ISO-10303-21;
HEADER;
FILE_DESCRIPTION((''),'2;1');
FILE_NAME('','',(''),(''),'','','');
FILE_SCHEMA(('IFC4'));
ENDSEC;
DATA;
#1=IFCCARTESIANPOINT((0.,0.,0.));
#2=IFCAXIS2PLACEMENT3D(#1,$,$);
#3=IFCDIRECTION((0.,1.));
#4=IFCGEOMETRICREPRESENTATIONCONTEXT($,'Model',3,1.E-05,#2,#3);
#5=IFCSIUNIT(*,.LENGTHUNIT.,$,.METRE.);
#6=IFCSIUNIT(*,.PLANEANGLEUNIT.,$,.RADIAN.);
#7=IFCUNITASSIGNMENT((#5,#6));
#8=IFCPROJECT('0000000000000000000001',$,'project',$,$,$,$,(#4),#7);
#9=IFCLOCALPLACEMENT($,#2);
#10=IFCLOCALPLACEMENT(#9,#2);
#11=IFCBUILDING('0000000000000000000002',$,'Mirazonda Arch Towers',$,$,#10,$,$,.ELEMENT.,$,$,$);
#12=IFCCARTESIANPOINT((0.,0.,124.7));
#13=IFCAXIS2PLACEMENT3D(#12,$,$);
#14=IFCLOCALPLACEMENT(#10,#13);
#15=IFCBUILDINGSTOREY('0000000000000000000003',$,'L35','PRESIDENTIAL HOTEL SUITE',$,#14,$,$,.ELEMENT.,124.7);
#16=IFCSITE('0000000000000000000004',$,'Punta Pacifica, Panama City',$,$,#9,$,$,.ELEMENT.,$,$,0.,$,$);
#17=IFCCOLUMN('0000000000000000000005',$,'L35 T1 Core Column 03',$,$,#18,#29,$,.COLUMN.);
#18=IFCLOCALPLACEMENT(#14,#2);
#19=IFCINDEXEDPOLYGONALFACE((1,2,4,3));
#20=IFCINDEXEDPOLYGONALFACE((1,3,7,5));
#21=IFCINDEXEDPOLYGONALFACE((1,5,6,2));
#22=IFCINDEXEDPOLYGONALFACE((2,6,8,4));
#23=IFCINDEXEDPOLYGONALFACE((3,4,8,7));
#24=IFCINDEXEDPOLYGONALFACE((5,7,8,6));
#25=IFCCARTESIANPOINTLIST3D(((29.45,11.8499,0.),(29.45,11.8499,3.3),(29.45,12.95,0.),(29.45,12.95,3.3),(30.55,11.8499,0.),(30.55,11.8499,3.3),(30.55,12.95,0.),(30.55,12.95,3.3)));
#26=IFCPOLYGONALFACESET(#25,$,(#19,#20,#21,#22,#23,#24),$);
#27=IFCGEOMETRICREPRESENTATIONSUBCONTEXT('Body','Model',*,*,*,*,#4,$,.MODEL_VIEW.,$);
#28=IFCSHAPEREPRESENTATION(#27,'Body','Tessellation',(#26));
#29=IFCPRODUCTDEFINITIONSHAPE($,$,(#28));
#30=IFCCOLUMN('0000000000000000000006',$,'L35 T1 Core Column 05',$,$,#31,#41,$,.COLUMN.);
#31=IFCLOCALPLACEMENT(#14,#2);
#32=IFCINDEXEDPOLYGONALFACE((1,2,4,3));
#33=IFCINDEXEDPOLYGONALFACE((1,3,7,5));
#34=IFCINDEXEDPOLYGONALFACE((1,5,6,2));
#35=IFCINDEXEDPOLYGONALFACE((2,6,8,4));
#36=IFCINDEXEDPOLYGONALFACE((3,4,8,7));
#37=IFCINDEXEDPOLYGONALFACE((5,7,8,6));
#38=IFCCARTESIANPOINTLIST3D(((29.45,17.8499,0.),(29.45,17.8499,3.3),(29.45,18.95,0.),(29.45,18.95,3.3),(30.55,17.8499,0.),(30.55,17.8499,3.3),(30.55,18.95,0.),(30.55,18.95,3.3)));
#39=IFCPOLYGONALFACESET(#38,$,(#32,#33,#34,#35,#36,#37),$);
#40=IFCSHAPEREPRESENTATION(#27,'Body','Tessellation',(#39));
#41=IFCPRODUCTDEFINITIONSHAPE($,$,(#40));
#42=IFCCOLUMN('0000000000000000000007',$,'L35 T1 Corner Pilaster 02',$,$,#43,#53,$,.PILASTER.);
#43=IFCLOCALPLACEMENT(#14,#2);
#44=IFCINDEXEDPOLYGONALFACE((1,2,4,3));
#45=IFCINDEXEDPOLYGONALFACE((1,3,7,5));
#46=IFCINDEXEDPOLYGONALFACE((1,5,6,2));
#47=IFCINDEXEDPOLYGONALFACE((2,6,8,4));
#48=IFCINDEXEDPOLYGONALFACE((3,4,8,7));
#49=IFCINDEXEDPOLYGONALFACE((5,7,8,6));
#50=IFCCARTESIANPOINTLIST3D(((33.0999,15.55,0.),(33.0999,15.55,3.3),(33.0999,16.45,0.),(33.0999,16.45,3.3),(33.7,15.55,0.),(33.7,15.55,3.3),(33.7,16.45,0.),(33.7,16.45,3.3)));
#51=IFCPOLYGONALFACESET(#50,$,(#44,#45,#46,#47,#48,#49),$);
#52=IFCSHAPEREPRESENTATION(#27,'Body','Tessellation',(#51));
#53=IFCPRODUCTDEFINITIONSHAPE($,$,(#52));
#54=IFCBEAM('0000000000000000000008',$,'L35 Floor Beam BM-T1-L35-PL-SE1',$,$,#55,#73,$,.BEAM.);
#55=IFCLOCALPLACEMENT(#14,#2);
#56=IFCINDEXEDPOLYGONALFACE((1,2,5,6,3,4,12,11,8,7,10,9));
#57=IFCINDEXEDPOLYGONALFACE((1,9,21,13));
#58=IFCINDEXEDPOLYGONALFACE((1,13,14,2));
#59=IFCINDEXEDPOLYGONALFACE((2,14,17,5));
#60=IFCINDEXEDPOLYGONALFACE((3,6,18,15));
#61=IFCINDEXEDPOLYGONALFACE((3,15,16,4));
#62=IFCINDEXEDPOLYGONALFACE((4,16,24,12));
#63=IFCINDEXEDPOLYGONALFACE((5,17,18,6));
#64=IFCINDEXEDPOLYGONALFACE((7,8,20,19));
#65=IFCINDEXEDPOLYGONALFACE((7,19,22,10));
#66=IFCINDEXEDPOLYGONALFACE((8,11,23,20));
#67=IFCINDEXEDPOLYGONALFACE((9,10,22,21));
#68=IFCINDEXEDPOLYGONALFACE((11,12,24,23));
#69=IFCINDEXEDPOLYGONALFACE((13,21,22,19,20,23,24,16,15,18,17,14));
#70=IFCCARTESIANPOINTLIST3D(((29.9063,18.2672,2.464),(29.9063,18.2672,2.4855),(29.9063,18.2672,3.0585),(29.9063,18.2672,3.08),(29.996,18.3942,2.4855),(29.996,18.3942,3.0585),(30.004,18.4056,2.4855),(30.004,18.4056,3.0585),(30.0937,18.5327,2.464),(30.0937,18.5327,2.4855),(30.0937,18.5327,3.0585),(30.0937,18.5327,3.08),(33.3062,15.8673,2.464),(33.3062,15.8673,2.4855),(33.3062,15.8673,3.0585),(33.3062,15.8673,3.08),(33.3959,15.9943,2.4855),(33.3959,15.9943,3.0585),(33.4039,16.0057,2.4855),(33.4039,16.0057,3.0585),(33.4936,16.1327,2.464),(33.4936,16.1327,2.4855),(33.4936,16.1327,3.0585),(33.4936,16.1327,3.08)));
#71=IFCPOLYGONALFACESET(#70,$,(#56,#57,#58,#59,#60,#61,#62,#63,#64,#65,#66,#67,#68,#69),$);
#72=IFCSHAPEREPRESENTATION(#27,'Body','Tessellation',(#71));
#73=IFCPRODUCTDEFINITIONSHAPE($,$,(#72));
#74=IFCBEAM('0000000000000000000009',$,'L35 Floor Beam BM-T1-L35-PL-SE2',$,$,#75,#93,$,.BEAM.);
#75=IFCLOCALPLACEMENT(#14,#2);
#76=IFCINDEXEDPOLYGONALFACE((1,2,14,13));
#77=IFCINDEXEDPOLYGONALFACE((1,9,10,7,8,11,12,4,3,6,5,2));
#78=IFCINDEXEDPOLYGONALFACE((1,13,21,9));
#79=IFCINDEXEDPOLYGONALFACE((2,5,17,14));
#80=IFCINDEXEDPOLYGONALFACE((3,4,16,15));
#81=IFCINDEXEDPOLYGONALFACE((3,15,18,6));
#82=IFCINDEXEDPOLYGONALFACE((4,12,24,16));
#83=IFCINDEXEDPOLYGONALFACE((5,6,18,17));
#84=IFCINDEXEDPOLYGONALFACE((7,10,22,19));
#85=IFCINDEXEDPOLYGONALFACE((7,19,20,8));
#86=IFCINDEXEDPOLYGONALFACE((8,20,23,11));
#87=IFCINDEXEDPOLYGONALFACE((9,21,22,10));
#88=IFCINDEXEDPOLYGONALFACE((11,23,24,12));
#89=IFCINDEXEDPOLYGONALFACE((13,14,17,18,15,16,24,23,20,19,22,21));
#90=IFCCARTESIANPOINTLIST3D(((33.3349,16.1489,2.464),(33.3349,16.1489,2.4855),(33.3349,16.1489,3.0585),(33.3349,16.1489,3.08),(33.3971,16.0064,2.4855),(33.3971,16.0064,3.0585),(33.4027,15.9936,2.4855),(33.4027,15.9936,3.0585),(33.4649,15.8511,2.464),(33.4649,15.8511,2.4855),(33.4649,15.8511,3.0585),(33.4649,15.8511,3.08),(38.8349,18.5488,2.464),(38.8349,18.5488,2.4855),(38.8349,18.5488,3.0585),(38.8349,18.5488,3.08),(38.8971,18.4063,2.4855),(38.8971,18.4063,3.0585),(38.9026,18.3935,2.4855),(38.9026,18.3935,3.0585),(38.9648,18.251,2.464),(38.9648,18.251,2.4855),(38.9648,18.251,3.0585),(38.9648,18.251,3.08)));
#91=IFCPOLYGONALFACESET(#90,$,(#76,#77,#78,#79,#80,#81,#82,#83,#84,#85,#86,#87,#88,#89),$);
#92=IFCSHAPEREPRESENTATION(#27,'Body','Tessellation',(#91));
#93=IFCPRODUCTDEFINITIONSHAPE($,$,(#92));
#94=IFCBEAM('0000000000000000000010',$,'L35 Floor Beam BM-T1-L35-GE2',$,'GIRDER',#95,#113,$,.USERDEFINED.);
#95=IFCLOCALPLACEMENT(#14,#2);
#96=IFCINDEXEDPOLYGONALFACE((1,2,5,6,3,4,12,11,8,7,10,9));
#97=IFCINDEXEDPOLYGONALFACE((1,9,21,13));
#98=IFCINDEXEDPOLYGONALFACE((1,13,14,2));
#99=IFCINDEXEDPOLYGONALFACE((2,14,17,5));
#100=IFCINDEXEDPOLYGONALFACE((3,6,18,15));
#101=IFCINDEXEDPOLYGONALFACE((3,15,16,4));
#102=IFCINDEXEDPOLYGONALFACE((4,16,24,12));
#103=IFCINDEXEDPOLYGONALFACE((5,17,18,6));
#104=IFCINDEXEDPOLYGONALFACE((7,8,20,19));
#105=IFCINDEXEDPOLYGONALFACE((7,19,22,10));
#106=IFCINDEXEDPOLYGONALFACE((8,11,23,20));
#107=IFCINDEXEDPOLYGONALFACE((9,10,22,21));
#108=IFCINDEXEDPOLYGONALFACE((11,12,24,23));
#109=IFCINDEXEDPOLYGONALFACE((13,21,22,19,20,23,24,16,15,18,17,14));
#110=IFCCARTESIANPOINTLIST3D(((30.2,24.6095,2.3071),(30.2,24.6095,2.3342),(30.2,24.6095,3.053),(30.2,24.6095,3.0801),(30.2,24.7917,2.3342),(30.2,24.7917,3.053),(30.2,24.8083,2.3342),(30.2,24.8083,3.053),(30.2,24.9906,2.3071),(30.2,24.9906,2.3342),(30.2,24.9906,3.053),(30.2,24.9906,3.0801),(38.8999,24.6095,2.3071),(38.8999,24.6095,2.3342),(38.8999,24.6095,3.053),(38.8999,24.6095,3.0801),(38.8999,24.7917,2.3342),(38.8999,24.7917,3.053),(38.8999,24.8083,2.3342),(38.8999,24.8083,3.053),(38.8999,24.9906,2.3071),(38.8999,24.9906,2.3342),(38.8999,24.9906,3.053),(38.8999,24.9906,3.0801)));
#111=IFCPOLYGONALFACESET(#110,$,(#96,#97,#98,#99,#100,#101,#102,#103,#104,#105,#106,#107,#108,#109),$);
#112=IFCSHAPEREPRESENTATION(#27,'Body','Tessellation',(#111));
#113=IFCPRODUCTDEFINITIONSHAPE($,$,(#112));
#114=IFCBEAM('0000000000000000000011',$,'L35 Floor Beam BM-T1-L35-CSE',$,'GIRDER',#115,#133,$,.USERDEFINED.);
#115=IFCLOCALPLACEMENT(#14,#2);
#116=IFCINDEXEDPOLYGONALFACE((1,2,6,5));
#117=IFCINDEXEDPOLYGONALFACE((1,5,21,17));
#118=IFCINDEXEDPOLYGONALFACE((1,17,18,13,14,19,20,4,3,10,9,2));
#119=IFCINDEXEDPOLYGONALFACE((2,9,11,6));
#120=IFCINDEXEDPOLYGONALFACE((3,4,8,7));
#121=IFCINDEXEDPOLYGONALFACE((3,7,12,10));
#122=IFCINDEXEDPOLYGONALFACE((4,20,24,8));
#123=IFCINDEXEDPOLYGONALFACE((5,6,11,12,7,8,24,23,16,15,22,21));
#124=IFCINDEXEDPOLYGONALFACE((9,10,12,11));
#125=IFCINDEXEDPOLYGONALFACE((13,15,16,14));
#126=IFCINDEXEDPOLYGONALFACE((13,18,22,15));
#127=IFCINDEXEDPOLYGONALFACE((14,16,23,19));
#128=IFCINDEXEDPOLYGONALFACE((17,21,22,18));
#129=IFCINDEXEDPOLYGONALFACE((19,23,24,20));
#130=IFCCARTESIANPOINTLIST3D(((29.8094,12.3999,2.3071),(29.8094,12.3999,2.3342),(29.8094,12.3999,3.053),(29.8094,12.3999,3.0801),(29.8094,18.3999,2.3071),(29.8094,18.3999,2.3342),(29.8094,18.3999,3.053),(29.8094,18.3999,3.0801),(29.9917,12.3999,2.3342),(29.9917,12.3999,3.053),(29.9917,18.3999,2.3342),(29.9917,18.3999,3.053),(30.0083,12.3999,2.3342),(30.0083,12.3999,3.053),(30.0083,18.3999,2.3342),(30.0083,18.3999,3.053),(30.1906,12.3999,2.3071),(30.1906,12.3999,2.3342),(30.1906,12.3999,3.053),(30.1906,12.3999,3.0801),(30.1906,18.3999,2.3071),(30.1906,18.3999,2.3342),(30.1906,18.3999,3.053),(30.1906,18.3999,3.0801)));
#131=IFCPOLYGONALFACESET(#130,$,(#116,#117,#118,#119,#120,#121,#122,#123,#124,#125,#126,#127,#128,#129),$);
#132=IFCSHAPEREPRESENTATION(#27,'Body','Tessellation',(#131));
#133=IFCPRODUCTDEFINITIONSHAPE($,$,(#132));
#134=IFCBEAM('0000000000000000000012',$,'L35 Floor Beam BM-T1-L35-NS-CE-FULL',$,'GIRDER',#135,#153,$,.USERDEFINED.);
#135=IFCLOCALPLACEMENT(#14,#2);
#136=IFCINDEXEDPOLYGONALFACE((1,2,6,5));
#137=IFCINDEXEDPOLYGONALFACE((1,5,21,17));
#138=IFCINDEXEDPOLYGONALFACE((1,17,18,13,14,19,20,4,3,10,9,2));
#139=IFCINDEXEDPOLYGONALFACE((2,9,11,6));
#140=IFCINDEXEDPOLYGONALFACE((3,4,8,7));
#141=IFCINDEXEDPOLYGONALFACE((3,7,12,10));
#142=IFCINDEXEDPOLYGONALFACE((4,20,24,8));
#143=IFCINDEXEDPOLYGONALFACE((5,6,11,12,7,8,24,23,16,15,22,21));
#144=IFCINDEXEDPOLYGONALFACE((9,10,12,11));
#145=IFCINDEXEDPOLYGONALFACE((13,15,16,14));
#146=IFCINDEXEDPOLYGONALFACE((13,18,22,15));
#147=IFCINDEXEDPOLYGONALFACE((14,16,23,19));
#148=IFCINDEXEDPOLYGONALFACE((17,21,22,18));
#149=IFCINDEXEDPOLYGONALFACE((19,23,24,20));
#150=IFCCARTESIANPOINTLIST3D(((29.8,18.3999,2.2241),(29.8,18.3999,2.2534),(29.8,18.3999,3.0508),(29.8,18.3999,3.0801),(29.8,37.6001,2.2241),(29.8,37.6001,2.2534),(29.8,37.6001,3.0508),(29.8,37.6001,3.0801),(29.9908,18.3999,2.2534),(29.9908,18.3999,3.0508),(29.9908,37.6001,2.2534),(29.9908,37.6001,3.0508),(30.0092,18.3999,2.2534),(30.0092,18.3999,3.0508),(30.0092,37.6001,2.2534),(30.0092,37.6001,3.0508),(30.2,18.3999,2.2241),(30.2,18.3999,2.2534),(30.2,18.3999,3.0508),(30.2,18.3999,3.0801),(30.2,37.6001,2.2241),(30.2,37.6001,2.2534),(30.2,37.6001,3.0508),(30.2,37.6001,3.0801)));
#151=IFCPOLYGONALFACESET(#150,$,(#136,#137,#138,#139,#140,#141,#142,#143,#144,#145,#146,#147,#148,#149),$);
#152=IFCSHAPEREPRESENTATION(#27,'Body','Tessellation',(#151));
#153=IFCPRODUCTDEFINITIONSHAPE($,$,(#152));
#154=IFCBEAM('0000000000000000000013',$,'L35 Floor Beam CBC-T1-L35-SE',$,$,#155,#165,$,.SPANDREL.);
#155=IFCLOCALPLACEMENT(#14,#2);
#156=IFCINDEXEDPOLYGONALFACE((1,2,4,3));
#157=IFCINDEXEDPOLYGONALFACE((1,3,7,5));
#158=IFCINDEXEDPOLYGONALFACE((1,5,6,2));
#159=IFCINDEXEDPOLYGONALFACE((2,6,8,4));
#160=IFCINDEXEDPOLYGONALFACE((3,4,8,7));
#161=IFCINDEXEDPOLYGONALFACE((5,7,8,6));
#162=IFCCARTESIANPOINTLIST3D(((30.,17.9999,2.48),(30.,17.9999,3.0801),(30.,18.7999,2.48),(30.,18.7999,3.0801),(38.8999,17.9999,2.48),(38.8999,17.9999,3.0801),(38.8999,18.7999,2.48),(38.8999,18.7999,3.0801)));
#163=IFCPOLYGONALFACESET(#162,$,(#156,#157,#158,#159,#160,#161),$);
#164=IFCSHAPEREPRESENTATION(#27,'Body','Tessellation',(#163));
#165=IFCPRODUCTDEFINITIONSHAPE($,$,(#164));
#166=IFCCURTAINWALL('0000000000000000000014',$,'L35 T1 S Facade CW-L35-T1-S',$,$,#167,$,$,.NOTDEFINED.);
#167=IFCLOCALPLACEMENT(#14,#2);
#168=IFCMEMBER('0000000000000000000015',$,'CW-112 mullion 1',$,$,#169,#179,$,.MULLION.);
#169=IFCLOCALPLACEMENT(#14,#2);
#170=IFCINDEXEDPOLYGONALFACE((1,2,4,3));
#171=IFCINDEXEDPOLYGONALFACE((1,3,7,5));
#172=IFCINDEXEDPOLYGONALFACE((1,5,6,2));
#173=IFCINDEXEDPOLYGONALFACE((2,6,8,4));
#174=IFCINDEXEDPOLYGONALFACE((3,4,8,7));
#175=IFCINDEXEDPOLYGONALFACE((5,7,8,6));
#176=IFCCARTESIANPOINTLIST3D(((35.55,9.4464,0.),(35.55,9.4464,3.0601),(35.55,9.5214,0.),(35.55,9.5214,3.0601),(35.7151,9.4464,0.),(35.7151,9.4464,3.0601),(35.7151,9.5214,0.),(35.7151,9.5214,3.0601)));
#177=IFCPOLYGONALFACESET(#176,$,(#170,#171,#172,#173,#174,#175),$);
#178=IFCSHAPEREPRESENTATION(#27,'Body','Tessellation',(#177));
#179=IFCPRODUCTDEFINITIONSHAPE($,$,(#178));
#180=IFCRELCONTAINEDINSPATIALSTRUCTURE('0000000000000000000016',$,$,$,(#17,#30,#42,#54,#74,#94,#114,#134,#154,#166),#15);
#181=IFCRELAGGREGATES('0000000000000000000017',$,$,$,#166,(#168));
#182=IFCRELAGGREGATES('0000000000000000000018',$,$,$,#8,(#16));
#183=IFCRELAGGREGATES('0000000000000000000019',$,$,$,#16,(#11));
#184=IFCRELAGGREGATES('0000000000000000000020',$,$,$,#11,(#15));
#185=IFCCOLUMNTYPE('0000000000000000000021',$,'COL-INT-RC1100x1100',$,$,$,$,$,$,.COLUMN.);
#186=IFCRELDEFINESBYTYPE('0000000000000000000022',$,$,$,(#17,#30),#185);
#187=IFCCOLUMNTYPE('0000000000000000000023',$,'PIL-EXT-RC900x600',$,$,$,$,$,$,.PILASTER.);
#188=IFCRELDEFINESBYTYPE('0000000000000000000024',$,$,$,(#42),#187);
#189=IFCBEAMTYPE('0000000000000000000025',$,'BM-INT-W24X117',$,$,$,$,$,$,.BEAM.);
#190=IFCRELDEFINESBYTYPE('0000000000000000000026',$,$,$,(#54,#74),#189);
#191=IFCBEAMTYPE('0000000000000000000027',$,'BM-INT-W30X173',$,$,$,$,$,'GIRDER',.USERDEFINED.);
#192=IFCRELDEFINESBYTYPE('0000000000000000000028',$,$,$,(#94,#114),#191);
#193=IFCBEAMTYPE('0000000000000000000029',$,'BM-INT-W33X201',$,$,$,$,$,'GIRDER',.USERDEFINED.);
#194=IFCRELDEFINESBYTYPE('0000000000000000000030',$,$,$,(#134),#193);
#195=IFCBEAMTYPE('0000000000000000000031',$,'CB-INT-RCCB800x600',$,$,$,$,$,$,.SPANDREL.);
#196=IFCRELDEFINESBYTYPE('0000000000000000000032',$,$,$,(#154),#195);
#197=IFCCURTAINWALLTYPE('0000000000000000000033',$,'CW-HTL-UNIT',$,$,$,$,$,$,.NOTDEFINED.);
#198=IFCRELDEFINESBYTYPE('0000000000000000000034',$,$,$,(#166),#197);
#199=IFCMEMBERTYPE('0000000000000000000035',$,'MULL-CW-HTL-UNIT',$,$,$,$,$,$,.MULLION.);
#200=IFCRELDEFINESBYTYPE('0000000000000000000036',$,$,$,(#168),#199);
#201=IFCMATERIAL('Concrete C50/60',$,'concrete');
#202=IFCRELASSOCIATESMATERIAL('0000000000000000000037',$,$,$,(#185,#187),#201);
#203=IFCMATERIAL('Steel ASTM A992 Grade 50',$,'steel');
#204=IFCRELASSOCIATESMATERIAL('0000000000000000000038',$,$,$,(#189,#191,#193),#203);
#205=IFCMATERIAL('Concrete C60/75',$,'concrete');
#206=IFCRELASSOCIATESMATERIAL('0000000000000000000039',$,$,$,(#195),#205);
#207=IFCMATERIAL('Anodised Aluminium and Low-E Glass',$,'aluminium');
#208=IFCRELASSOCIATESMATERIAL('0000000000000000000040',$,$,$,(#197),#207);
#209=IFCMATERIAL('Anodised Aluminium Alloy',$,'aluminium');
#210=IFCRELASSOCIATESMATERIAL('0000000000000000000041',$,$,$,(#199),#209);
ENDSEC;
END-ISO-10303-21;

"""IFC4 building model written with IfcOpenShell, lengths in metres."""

from ifc_helpers import new_model, si_unit, direction, frame, origin, origin_2d, place, context, subcontext, project, spatial, rectangle, i_section, extrude, material, material_profile, profile_set, type_object, element, aggregate, save


model = new_model("IFC4")

# Units and contexts
model_context = context("Model", 3, precision=1e-05, world=origin(), true_north=direction((0.0, 1.0)))
body_context = subcontext(model_context, "Body", "Model", "MODEL_VIEW")
ifc_project = project(units=[si_unit("LENGTHUNIT", "METRE"), si_unit("PLANEANGLEUNIT", "RADIAN")], contexts=[model_context])

# Site, building, storey
site_placement = place(None, origin())
site = spatial("IfcSite", under=ifc_project, at=site_placement, Name="Punta Pacifica, Panama City", CompositionType="ELEMENT", RefElevation=0.0)
building_placement = place(site_placement, origin())
building = spatial("IfcBuilding", under=site, at=building_placement, Name="Mirazonda Arch Towers", CompositionType="ELEMENT")
storey_placement = place(building_placement, frame((0.0, 0.0, 124.7)))
storey = spatial("IfcBuildingStorey", under=building, at=storey_placement, Name="L35", Description="PRESIDENTIAL HOTEL SUITE", CompositionType="ELEMENT", Elevation=124.7)

# Columns
ifc_material_1 = material(Name="Concrete C50/60", Category="concrete")
ifc_material_profile_1 = material_profile(ifc_material_1, rectangle(XDim=1.1001, YDim=1.1001, at=origin_2d()), Name="RC1100x1100")
ifc_profile_set_1 = profile_set([ifc_material_profile_1], Name="Concrete C50/60")
column_type_1 = type_object("IfcColumnType", Name="COL-INT-RC1100x1100", PredefinedType="COLUMN", material=ifc_profile_set_1)
for number, where, z_axis, x_axis, name in (
    (1, (30.0, 12.3999, 0.0), (0.0, 0.0, 1.0), (1.0, 0.0, 0.0), "L35 T1 Core Column 03"),
    (2, (30.0, 18.3999, 0.0), (0.0, 0.0, 1.0), (1.0, 0.0, 0.0), "L35 T1 Core Column 05"),
):
    element("IfcColumn", number, at=place(storey_placement, frame(where, z_axis=z_axis, x_axis=x_axis)), inside=storey, type_object=column_type_1, Name=name, PredefinedType="COLUMN", context=body_context, shape_type="SweptSolid", body=[
        extrude(rectangle(XDim=1.1001, YDim=1.1001, at=origin_2d()), origin(), (0.0, 0.0, 1.0), 3.3),
    ])
ifc_material_profile_2 = material_profile(ifc_material_1, rectangle(XDim=0.6001, YDim=0.8999, at=origin_2d()), Name="RC900x600")
ifc_profile_set_2 = profile_set([ifc_material_profile_2], Name="Concrete C50/60")
column_type_2 = type_object("IfcColumnType", Name="PIL-EXT-RC900x600", PredefinedType="PILASTER", material=ifc_profile_set_2)
column_placement = place(storey_placement, frame((33.3999, 16.0, 0.0), z_axis=(0.0, 0.0, 1.0), x_axis=(1.0, 0.0, 0.0)))
element("IfcColumn", 3, at=column_placement, inside=storey, type_object=column_type_2, Name="L35 T1 Corner Pilaster 02", PredefinedType="PILASTER", context=body_context, shape_type="SweptSolid", body=[
    extrude(rectangle(XDim=0.6001, YDim=0.8999, at=origin_2d()), origin(), (0.0, 0.0, 1.0), 3.3),
])

# Beams
ifc_material_2 = material(Name="Steel ASTM A992 Grade 50", Category="steel")
ifc_material_profile_3 = material_profile(ifc_material_2, i_section(OverallWidth=0.325, OverallDepth=0.616, WebThickness=0.0139, FlangeThickness=0.0215, at=origin_2d()), Name="W24X117")
ifc_profile_set_3 = profile_set([ifc_material_profile_3], Name="Steel ASTM A992 Grade 50")
beam_type_1 = type_object("IfcBeamType", Name="BM-INT-W24X117", PredefinedType="BEAM", material=ifc_profile_set_3)
beam_1_placement = place(storey_placement, frame((33.3999, 16.0, 2.772), z_axis=(-0.816971, 0.576679, 0.0), x_axis=(-0.576679, -0.816971, 0.0)))
element("IfcBeam", 4, at=beam_1_placement, inside=storey, type_object=beam_type_1, Name="L35 Floor Beam BM-T1-L35-PL-SE1", PredefinedType="BEAM", context=body_context, shape_type="SweptSolid", body=[
    extrude(i_section(OverallWidth=0.325, OverallDepth=0.616, WebThickness=0.0139, FlangeThickness=0.0215, at=origin_2d()), origin(), (0.0, 0.0, 1.0), 4.1616),
])
beam_2_placement = place(storey_placement, frame((33.3999, 16.0, 2.772), z_axis=(0.916545, 0.399931, 0.0), x_axis=(-0.399931, 0.916545, 0.0)))
element("IfcBeam", 5, at=beam_2_placement, inside=storey, type_object=beam_type_1, Name="L35 Floor Beam BM-T1-L35-PL-SE2", PredefinedType="BEAM", context=body_context, shape_type="SweptSolid", body=[
    extrude(i_section(OverallWidth=0.325, OverallDepth=0.616, WebThickness=0.0139, FlangeThickness=0.0215, at=origin_2d()), origin(), (0.0, 0.0, 1.0), 6.0007),
])
ifc_material_profile_4 = material_profile(ifc_material_2, i_section(OverallWidth=0.3811, OverallDepth=0.7729, WebThickness=0.0166, FlangeThickness=0.0271, at=origin_2d()), Name="W30X173")
ifc_profile_set_4 = profile_set([ifc_material_profile_4], Name="Steel ASTM A992 Grade 50")
beam_type_2 = type_object("IfcBeamType", Name="BM-INT-W30X173", ElementType="GIRDER", PredefinedType="USERDEFINED", material=ifc_profile_set_4)
beam_3_placement = place(storey_placement, frame((30.2, 24.8, 2.6936), z_axis=(1.0, 0.0, 0.0), x_axis=(0.0, 1.0, 0.0)))
element("IfcBeam", 6, at=beam_3_placement, inside=storey, type_object=beam_type_2, Name="L35 Floor Beam BM-T1-L35-GE2", ObjectType="GIRDER", PredefinedType="USERDEFINED", context=body_context, shape_type="SweptSolid", body=[
    extrude(i_section(OverallWidth=0.3811, OverallDepth=0.7729, WebThickness=0.0166, FlangeThickness=0.0271, at=origin_2d()), origin(), (0.0, 0.0, 1.0), 8.7),
])
beam_4_placement = place(storey_placement, frame((30.0, 12.3999, 2.6936), z_axis=(0.0, 1.0, 0.0), x_axis=(-1.0, 0.0, 0.0)))
element("IfcBeam", 7, at=beam_4_placement, inside=storey, type_object=beam_type_2, Name="L35 Floor Beam BM-T1-L35-CSE", ObjectType="GIRDER", PredefinedType="USERDEFINED", context=body_context, shape_type="SweptSolid", body=[
    extrude(i_section(OverallWidth=0.3811, OverallDepth=0.7729, WebThickness=0.0166, FlangeThickness=0.0271, at=origin_2d()), origin(), (0.0, 0.0, 1.0), 6.0),
])
ifc_material_profile_5 = material_profile(ifc_material_2, i_section(OverallWidth=0.3999, OverallDepth=0.856, WebThickness=0.0183, FlangeThickness=0.0293, at=origin_2d()), Name="W33X201")
ifc_profile_set_5 = profile_set([ifc_material_profile_5], Name="Steel ASTM A992 Grade 50")
beam_type_3 = type_object("IfcBeamType", Name="BM-INT-W33X201", ElementType="GIRDER", PredefinedType="USERDEFINED", material=ifc_profile_set_5)
beam_5_placement = place(storey_placement, frame((30.0, 18.3999, 2.6521), z_axis=(0.0, 1.0, 0.0), x_axis=(-1.0, 0.0, 0.0)))
element("IfcBeam", 8, at=beam_5_placement, inside=storey, type_object=beam_type_3, Name="L35 Floor Beam BM-T1-L35-NS-CE-FULL", ObjectType="GIRDER", PredefinedType="USERDEFINED", context=body_context, shape_type="SweptSolid", body=[
    extrude(i_section(OverallWidth=0.3999, OverallDepth=0.856, WebThickness=0.0183, FlangeThickness=0.0293, at=origin_2d()), origin(), (0.0, 0.0, 1.0), 19.2002),
])
ifc_material_3 = material(Name="Concrete C60/75", Category="concrete")
ifc_material_profile_6 = material_profile(ifc_material_3, rectangle(XDim=0.8, YDim=0.6001, at=origin_2d()), Name="RCCB800x600")
ifc_profile_set_6 = profile_set([ifc_material_profile_6], Name="Concrete C60/75")
beam_type_4 = type_object("IfcBeamType", Name="CB-INT-RCCB800x600", PredefinedType="SPANDREL", material=ifc_profile_set_6)
beam_6_placement = place(storey_placement, frame((30.0, 18.3999, 2.78), z_axis=(1.0, 0.0, 0.0), x_axis=(0.0, 1.0, 0.0)))
element("IfcBeam", 9, at=beam_6_placement, inside=storey, type_object=beam_type_4, Name="L35 Floor Beam CBC-T1-L35-SE", PredefinedType="SPANDREL", context=body_context, shape_type="SweptSolid", body=[
    extrude(rectangle(XDim=0.8, YDim=0.6001, at=origin_2d()), origin(), (0.0, 0.0, 1.0), 8.8999),
])

# Curtain wall, member
ifc_material_4 = material(Name="Anodised Aluminium and Low-E Glass", Category="aluminium")
curtain_wall_type = type_object("IfcCurtainWallType", Name="CW-HTL-UNIT", PredefinedType="NOTDEFINED", material=ifc_material_4)
curtain_wall_placement = place(storey_placement, origin())
curtain_wall = element("IfcCurtainWall", 10, at=curtain_wall_placement, inside=storey, type_object=curtain_wall_type, Name="L35 T1 S Facade CW-L35-T1-S", PredefinedType="NOTDEFINED")
ifc_material_5 = material(Name="Anodised Aluminium Alloy", Category="aluminium")
ifc_material_profile_7 = material_profile(ifc_material_5, rectangle(XDim=0.075, YDim=0.165, at=origin_2d()), Name="ALU-MULL-75x165")
ifc_profile_set_7 = profile_set([ifc_material_profile_7], Name="Anodised Aluminium Alloy")
member_type_1 = type_object("IfcMemberType", Name="MULL-CW-HTL-UNIT", PredefinedType="MULLION", material=ifc_profile_set_7)
member_1_placement = place(storey_placement, frame((35.6326, 9.4839, 0.0), z_axis=(0.0, 0.0, 1.0), x_axis=(0.0, -1.0, 0.0)))
member_1 = element("IfcMember", 11, at=member_1_placement, type_object=member_type_1, Name="CW-112 mullion 1", PredefinedType="MULLION", context=body_context, shape_type="SweptSolid", body=[
    extrude(rectangle(XDim=0.075, YDim=0.165, at=origin_2d()), origin(), (0.0, 0.0, 1.0), 3.0601),
])
aggregate(curtain_wall, [member_1])

save(model, "model.ifc")
